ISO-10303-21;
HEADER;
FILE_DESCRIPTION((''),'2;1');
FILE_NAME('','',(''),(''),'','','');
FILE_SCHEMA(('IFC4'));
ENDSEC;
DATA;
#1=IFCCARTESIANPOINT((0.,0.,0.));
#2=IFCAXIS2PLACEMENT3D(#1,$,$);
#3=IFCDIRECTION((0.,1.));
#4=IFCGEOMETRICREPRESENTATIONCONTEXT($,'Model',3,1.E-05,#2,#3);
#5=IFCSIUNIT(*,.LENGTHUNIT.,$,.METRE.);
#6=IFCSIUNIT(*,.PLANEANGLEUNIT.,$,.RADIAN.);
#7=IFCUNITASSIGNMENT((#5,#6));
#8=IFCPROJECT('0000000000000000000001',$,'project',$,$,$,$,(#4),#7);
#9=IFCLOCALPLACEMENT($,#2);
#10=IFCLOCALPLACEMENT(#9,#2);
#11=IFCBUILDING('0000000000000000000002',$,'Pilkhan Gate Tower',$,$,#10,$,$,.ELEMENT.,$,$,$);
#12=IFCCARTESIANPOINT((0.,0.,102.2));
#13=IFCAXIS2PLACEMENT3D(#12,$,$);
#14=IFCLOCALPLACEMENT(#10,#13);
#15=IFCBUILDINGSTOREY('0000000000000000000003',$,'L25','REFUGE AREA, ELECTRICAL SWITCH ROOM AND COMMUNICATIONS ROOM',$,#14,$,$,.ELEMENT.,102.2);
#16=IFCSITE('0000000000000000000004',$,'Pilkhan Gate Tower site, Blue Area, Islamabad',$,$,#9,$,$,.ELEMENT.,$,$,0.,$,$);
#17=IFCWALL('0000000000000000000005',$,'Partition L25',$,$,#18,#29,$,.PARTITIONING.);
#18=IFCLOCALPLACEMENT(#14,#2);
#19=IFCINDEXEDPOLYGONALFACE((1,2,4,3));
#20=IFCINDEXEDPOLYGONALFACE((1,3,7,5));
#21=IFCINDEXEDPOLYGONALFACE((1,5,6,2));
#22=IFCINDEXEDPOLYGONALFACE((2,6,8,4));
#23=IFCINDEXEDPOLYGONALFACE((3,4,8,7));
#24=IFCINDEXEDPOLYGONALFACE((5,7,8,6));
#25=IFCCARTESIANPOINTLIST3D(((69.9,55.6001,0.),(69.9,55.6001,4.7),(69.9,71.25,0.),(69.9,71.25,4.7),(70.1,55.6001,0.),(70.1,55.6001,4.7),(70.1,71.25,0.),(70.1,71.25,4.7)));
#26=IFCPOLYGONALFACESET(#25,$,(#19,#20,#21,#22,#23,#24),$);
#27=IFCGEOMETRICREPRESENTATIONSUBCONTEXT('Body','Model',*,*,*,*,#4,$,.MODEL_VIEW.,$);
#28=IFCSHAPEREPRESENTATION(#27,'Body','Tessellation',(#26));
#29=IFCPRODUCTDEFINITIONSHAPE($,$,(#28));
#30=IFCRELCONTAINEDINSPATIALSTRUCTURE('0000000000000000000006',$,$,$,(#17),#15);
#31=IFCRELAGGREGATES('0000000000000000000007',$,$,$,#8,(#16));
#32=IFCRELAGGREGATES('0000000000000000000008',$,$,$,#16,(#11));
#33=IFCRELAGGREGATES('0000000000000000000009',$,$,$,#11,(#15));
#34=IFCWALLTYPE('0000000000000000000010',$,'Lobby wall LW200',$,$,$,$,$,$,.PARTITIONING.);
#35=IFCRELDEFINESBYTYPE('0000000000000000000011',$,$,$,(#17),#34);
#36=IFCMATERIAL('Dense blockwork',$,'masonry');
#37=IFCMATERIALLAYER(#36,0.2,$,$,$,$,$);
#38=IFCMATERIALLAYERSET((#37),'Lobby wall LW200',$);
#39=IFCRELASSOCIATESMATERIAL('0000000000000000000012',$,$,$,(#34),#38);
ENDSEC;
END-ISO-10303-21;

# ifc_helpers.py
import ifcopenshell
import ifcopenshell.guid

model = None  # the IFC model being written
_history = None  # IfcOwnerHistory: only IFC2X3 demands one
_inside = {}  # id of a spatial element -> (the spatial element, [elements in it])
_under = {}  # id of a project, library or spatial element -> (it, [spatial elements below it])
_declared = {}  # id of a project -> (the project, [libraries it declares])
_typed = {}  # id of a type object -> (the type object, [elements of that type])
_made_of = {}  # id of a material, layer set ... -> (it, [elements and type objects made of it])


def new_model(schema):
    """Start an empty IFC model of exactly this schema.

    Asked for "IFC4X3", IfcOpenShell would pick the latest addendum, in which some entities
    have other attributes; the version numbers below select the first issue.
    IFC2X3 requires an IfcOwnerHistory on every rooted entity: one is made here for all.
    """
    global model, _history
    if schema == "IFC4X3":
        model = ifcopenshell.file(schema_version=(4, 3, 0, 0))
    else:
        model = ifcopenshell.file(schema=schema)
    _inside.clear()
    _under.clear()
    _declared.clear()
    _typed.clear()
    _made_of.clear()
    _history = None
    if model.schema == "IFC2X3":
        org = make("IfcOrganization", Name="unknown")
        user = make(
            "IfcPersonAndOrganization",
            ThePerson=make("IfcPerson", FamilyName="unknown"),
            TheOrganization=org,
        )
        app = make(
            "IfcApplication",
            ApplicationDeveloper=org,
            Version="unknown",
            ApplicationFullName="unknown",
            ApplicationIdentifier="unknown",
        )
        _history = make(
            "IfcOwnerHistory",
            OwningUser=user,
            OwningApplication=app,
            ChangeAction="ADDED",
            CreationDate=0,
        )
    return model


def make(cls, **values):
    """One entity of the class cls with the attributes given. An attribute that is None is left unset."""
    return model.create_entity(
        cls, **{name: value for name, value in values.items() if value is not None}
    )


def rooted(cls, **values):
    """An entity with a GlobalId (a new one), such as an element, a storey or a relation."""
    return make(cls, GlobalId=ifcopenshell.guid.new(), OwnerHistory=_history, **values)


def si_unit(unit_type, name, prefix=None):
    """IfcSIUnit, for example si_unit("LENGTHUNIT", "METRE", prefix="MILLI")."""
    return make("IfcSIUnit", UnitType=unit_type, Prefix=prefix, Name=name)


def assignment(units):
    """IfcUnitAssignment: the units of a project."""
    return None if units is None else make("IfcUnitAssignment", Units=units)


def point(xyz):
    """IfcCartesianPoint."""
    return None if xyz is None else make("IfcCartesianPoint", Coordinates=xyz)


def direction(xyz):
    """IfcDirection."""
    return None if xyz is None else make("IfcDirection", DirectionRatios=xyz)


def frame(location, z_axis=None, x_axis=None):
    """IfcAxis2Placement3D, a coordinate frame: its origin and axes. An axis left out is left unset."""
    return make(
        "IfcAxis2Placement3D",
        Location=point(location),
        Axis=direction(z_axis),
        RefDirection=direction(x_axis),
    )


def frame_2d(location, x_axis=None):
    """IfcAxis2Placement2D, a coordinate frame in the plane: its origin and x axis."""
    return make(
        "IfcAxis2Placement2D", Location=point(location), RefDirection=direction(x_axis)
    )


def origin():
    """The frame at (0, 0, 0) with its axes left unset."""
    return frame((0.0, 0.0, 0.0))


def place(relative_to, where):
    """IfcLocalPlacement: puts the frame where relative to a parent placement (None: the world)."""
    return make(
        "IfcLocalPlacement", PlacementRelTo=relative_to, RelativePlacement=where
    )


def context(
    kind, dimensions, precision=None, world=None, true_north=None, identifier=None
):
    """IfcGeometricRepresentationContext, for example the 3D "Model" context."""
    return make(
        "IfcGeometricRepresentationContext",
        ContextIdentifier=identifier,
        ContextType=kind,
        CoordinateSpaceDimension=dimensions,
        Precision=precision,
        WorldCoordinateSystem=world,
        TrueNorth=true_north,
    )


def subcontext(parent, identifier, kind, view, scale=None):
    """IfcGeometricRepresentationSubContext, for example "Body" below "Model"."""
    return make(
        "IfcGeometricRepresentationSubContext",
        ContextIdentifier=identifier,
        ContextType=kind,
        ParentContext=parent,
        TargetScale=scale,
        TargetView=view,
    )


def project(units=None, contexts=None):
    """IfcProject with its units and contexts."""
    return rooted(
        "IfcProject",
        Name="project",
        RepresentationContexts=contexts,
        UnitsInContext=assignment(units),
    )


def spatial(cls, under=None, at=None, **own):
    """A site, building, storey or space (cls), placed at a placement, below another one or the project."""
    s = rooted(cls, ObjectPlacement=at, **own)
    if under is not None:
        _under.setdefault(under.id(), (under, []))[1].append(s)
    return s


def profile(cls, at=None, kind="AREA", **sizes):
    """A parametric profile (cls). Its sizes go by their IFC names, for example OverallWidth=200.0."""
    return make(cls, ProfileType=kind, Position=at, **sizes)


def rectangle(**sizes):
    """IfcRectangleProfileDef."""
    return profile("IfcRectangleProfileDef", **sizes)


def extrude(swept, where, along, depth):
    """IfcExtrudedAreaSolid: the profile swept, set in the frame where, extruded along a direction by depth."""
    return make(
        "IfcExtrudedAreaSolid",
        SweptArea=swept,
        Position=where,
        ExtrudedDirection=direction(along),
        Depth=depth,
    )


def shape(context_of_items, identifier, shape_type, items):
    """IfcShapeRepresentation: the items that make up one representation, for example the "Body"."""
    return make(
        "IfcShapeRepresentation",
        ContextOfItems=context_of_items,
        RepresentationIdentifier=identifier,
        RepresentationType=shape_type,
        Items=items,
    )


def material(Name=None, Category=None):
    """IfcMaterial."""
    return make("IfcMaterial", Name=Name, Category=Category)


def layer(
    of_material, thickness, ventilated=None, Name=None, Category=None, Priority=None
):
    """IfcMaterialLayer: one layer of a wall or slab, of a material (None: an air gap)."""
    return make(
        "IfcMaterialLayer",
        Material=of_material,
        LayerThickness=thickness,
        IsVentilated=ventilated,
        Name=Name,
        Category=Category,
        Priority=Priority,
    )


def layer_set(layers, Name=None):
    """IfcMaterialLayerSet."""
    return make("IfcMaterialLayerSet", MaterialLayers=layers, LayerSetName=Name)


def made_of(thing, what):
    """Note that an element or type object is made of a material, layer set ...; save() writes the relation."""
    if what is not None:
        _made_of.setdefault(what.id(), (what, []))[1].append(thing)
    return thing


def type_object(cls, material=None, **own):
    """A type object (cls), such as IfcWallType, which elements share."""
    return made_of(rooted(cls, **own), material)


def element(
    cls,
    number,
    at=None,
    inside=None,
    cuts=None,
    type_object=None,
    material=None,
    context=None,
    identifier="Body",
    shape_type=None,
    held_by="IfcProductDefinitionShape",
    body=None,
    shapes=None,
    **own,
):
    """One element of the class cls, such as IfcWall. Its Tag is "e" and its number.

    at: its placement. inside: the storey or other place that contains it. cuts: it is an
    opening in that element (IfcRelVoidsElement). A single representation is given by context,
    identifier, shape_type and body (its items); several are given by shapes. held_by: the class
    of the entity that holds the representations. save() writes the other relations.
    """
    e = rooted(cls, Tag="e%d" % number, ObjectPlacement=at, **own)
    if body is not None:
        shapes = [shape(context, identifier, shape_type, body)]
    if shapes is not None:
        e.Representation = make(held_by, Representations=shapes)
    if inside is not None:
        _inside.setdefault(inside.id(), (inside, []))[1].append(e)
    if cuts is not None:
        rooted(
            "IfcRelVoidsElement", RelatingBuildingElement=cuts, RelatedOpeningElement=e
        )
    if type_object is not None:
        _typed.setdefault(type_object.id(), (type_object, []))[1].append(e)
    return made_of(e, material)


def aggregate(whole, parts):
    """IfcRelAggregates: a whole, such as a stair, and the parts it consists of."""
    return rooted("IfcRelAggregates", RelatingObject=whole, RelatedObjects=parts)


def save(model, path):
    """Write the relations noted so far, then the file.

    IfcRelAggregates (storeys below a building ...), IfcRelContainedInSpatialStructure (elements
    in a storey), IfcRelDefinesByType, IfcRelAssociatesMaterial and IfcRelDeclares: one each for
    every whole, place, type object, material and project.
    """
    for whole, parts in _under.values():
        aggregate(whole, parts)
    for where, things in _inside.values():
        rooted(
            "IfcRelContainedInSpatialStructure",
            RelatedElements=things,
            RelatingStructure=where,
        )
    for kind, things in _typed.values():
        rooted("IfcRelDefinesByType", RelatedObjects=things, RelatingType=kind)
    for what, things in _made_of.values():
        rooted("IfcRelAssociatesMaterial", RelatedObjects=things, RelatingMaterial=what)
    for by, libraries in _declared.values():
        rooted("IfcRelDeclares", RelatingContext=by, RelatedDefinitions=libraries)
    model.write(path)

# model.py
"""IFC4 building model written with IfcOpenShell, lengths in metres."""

from ifc_helpers import new_model, si_unit, direction, frame, frame_2d, origin, place, context, subcontext, project, spatial, rectangle, extrude, material, layer, layer_set, type_object, element, save


model = new_model("IFC4")

# Units and contexts
model_context = context("Model", 3, precision=1e-05, world=origin(), true_north=direction((0.0, 1.0)))
body_context = subcontext(model_context, "Body", "Model", "MODEL_VIEW")
ifc_project = project(units=[si_unit("LENGTHUNIT", "METRE"), si_unit("PLANEANGLEUNIT", "RADIAN")], contexts=[model_context])

# Site, building, storey
site_placement = place(None, origin())
site = spatial("IfcSite", under=ifc_project, at=site_placement, Name="Pilkhan Gate Tower site, Blue Area, Islamabad", CompositionType="ELEMENT", RefElevation=0.0)
building_placement = place(site_placement, origin())
building = spatial("IfcBuilding", under=site, at=building_placement, Name="Pilkhan Gate Tower", CompositionType="ELEMENT")
storey_placement = place(building_placement, frame((0.0, 0.0, 102.2)))
storey = spatial("IfcBuildingStorey", under=building, at=storey_placement, Name="L25", Description="REFUGE AREA, ELECTRICAL SWITCH ROOM AND COMMUNICATIONS ROOM", CompositionType="ELEMENT", Elevation=102.2)

# Shared definitions
ifc_material_1 = material(Name="Dense blockwork", Category="masonry")
ifc_layer_1 = layer(ifc_material_1, 0.2)
ifc_layer_set_1 = layer_set([ifc_layer_1], Name="Lobby wall LW200")
wall_type_1 = type_object("IfcWallType", Name="Lobby wall LW200", PredefinedType="PARTITIONING", material=ifc_layer_set_1)

# Wall
wall_1_placement = place(storey_placement, frame((70.0, 55.6001, 0.0), z_axis=(0.0, 0.0, 1.0), x_axis=(0.0, 1.0, 0.0)))
element("IfcWall", 1, at=wall_1_placement, inside=storey, type_object=wall_type_1, Name="Partition L25", PredefinedType="PARTITIONING", context=body_context, shape_type="SweptSolid", body=[
    extrude(rectangle(XDim=15.6499, YDim=0.2, at=frame_2d((7.825, 0.0))), origin(), (0.0, 0.0, 1.0), 4.7),
])

save(model, "model.ifc")
